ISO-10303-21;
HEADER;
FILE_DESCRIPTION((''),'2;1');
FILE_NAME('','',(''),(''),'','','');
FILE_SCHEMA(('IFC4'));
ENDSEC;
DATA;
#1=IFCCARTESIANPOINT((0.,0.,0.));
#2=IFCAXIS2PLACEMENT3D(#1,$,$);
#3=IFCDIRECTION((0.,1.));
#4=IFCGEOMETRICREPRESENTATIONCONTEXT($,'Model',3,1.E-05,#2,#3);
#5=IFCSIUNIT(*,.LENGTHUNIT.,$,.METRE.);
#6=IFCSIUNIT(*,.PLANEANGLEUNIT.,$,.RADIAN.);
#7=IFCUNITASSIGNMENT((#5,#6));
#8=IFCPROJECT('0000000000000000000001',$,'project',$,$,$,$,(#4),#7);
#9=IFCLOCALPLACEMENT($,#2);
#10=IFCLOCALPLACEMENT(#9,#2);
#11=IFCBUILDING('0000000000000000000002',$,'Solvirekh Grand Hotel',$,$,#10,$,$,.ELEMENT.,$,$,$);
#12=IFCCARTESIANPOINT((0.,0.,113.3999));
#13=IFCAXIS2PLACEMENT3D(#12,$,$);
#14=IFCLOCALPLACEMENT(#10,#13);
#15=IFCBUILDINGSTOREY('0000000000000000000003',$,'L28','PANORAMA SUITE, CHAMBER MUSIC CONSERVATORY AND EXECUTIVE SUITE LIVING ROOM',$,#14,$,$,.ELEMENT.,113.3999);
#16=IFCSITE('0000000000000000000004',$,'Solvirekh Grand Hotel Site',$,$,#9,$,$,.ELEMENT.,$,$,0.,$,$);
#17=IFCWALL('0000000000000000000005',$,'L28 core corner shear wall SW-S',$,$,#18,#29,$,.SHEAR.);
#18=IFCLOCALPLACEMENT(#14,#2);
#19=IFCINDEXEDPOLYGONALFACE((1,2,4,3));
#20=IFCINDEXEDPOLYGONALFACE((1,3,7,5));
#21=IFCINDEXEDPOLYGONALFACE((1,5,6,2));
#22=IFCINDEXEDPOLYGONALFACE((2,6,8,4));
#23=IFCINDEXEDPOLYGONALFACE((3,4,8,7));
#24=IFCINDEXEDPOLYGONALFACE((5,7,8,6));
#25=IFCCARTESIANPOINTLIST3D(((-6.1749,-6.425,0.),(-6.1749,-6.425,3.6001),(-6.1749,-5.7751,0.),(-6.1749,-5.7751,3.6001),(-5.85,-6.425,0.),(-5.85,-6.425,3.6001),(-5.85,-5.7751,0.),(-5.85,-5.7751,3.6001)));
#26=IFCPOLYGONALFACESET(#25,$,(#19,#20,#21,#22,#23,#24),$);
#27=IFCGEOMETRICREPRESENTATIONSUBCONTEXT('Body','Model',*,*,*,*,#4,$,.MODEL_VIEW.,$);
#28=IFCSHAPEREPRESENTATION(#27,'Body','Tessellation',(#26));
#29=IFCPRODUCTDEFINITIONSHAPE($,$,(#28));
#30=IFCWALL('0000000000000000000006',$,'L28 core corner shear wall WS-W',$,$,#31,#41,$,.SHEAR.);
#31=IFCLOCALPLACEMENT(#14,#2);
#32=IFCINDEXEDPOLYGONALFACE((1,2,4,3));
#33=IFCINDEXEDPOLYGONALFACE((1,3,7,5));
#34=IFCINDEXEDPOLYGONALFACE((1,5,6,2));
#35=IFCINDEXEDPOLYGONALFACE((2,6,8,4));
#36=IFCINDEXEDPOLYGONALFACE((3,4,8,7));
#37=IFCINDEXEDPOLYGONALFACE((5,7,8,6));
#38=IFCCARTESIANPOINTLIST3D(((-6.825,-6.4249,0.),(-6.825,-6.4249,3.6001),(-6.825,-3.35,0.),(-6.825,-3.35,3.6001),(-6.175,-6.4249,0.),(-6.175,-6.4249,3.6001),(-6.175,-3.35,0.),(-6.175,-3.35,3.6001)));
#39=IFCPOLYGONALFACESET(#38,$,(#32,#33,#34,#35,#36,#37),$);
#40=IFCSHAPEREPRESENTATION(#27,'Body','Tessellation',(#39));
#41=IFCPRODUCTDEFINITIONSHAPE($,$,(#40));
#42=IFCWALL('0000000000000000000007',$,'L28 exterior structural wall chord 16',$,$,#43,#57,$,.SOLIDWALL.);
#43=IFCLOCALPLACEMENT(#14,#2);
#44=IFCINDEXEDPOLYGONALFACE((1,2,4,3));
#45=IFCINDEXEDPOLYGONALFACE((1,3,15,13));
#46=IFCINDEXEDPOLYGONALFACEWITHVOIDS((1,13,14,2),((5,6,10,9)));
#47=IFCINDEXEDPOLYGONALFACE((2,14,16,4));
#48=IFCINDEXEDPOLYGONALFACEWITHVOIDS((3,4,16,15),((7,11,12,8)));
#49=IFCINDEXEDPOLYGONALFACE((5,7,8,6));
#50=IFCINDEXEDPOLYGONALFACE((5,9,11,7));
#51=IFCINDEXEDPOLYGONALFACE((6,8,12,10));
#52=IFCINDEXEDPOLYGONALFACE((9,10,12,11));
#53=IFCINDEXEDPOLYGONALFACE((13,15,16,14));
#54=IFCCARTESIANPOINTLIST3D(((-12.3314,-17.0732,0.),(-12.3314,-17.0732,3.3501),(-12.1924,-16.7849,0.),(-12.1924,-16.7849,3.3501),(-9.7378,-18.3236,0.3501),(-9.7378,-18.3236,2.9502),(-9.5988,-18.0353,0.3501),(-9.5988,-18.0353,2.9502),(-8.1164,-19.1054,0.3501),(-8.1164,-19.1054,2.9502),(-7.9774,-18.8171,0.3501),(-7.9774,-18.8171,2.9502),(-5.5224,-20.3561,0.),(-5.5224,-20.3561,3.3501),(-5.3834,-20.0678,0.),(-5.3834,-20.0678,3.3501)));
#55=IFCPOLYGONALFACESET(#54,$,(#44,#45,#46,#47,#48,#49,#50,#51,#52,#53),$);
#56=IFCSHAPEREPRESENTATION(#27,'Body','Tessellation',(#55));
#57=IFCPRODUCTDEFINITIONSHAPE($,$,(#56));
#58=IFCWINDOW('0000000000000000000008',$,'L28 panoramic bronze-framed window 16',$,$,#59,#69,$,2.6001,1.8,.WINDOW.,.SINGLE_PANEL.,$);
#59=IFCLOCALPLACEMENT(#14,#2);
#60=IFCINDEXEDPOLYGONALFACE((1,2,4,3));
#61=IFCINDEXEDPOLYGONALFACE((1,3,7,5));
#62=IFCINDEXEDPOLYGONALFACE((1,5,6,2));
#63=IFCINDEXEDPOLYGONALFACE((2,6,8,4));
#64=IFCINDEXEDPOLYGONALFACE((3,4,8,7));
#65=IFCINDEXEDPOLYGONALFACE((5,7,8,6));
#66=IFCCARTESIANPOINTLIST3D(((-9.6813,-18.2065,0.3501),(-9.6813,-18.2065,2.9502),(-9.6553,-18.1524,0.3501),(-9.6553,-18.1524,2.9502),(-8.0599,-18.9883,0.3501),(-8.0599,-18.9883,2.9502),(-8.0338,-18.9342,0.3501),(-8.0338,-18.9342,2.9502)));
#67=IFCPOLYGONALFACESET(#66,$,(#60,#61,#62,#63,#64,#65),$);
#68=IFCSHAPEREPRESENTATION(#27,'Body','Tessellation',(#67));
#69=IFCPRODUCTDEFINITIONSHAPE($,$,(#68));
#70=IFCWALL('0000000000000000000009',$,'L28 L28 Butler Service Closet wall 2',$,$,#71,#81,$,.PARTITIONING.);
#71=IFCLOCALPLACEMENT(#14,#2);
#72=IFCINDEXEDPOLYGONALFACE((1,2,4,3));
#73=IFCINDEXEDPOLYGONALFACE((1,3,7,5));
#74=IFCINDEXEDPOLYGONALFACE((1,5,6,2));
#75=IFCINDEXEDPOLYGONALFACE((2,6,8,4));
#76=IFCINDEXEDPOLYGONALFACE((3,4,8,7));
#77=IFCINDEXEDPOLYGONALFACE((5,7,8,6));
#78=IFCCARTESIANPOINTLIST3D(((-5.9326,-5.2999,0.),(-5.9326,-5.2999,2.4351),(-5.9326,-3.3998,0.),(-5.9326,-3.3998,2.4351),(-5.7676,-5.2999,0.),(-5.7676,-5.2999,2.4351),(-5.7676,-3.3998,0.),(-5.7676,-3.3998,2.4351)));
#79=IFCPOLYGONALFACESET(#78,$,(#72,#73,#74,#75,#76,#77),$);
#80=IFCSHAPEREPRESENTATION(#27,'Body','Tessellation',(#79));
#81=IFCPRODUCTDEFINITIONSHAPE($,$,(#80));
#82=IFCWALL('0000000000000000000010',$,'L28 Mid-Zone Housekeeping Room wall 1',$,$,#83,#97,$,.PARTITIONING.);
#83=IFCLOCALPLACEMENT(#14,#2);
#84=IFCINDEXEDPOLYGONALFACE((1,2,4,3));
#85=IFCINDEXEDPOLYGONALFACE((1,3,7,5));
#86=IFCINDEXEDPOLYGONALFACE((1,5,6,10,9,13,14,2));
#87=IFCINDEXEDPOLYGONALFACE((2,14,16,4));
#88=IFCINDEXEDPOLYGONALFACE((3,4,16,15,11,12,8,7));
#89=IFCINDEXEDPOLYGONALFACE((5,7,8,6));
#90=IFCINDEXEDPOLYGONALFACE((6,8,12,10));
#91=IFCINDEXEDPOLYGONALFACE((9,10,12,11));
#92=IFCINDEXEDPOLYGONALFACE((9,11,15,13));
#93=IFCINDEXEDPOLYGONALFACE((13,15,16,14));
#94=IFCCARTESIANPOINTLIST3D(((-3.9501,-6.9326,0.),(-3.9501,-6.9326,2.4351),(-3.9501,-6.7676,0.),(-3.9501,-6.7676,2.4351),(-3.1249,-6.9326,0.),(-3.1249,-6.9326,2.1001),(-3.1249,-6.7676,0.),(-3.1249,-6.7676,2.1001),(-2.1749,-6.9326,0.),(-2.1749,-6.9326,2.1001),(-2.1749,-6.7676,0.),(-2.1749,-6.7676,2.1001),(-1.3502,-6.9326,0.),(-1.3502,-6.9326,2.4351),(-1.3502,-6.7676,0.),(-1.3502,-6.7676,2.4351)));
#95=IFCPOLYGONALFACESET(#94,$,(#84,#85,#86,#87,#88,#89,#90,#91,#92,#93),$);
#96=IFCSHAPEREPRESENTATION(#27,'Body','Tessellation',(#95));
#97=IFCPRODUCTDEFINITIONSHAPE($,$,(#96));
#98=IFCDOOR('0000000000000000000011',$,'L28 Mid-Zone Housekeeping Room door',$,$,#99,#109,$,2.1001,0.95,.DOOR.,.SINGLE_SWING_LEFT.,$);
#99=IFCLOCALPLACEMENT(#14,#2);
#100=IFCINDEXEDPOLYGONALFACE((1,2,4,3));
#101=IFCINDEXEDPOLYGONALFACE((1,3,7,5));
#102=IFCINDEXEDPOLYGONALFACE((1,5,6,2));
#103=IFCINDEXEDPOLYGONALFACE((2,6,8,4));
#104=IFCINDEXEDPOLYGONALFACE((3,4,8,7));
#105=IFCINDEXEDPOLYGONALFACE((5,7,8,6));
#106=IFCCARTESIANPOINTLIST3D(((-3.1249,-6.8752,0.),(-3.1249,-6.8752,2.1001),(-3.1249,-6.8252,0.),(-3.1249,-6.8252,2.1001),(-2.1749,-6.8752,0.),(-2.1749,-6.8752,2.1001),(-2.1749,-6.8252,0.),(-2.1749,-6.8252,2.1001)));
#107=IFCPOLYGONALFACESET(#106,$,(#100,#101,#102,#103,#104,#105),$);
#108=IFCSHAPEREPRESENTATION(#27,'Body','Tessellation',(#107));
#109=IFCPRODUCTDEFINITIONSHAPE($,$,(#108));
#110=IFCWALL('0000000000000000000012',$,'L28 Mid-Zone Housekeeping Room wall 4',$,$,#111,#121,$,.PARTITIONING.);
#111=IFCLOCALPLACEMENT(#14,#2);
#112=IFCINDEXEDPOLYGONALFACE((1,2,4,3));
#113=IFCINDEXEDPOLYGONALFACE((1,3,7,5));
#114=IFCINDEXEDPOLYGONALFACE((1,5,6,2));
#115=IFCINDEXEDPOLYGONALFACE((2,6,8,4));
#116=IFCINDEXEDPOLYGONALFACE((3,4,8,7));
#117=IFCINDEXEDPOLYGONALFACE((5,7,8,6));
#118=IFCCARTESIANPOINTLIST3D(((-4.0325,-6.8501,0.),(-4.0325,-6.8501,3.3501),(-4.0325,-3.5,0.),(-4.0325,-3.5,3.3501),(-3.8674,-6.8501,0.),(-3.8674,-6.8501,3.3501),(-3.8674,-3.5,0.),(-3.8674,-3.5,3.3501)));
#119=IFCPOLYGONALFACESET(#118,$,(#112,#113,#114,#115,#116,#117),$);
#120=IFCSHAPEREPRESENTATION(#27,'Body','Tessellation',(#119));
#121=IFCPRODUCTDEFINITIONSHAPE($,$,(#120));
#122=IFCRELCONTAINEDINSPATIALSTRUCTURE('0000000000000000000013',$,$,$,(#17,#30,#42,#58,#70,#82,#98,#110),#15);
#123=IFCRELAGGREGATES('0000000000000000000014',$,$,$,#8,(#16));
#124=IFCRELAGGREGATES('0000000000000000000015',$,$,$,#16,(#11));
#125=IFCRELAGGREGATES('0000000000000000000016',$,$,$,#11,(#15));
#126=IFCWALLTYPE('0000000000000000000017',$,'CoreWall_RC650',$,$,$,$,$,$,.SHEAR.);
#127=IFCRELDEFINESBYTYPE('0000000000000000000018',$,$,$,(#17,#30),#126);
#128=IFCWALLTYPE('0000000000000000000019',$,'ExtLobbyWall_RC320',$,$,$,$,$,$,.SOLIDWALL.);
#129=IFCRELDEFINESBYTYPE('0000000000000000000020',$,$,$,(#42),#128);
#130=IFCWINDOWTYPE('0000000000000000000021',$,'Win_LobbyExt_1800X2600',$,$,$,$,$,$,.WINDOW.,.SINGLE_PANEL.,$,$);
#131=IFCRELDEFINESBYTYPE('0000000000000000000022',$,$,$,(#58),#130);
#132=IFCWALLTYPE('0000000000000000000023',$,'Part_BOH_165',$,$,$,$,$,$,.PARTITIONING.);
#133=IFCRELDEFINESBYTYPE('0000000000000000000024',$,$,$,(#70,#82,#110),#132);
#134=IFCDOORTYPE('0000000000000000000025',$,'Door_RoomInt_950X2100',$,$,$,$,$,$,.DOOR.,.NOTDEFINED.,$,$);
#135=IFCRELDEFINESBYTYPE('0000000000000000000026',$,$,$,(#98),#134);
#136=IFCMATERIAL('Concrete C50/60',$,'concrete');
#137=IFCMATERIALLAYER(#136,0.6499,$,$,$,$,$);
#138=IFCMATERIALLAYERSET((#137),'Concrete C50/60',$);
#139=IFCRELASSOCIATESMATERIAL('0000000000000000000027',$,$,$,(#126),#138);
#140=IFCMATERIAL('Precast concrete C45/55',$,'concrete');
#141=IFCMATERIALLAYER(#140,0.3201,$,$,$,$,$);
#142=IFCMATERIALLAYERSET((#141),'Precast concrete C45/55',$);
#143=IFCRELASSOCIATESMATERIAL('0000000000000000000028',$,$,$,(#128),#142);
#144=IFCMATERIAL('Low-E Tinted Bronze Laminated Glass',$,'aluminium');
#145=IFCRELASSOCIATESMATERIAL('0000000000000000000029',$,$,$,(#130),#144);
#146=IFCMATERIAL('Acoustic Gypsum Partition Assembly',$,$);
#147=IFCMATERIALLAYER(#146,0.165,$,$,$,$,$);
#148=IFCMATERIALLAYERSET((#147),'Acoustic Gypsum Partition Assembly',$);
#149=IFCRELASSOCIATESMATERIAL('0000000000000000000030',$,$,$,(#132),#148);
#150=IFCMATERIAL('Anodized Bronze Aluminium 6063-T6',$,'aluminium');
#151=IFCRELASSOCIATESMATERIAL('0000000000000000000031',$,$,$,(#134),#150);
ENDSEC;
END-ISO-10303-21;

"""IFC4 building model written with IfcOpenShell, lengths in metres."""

from ifc_helpers import new_model, si_unit, direction, frame, frame_2d, origin, place, context, subcontext, project, spatial, rectangle, extrude, material, layer, layer_set, type_object, element, fill, save


model = new_model("IFC4")

# Units and contexts
model_context = context("Model", 3, precision=1e-05, world=origin(), true_north=direction((0.0, 1.0)))
body_context = subcontext(model_context, "Body", "Model", "MODEL_VIEW")
ifc_project = project(units=[si_unit("LENGTHUNIT", "METRE"), si_unit("PLANEANGLEUNIT", "RADIAN")], contexts=[model_context])

# Site, building, storey
site_placement = place(None, origin())
site = spatial("IfcSite", under=ifc_project, at=site_placement, Name="Solvirekh Grand Hotel Site", CompositionType="ELEMENT", RefElevation=0.0)
building_placement = place(site_placement, origin())
building = spatial("IfcBuilding", under=site, at=building_placement, Name="Solvirekh Grand Hotel", CompositionType="ELEMENT")
storey_placement = place(building_placement, frame((0.0, 0.0, 113.3999)))
storey = spatial("IfcBuildingStorey", under=building, at=storey_placement, Name="L28", Description="PANORAMA SUITE, CHAMBER MUSIC CONSERVATORY AND EXECUTIVE SUITE LIVING ROOM", CompositionType="ELEMENT", Elevation=113.3999)

# Shared definitions
ifc_material_1 = material(Name="Concrete C50/60", Category="concrete")

# Walls
ifc_layer_1 = layer(ifc_material_1, 0.6499)
ifc_layer_set_1 = layer_set([ifc_layer_1], Name="Concrete C50/60")
wall_type_1 = type_object("IfcWallType", Name="CoreWall_RC650", PredefinedType="SHEAR", material=ifc_layer_set_1)
wall_1_placement = place(storey_placement, frame((-6.175, -6.1001, 0.0), z_axis=(0.0, 0.0, 1.0), x_axis=(1.0, 0.0, 0.0)))
element("IfcWall", 1, at=wall_1_placement, inside=storey, type_object=wall_type_1, Name="L28 core corner shear wall SW-S", PredefinedType="SHEAR", context=body_context, shape_type="SweptSolid", body=[
    extrude(rectangle(XDim=0.325, YDim=0.6499, at=frame_2d((0.1626, 0.0))), origin(), (0.0, 0.0, 1.0), 3.6001),
])
wall_2_placement = place(storey_placement, frame((-6.5, -6.425, 0.0), z_axis=(0.0, 0.0, 1.0), x_axis=(0.0, 1.0, 0.0)))
element("IfcWall", 2, at=wall_2_placement, inside=storey, type_object=wall_type_1, Name="L28 core corner shear wall WS-W", PredefinedType="SHEAR", context=body_context, shape_type="SweptSolid", body=[
    extrude(rectangle(XDim=3.075, YDim=0.6499, at=frame_2d((1.5376, 0.0))), origin(), (0.0, 0.0, 1.0), 3.6001),
])

# Wall, opening, window
ifc_material_2 = material(Name="Precast concrete C45/55", Category="concrete")
ifc_layer_2 = layer(ifc_material_2, 0.3201)
ifc_layer_set_2 = layer_set([ifc_layer_2], Name="Precast concrete C45/55")
wall_type_2 = type_object("IfcWallType", Name="ExtLobbyWall_RC320", PredefinedType="SOLIDWALL", material=ifc_layer_set_2)
wall_3_placement = place(storey_placement, frame((-5.4529, -20.2119, 0.0), z_axis=(0.0, 0.0, 1.0), x_axis=(-0.900768, 0.4343, 0.0)))
wall_3 = element("IfcWall", 3, at=wall_3_placement, inside=storey, type_object=wall_type_2, Name="L28 exterior structural wall chord 16", PredefinedType="SOLIDWALL", context=body_context, shape_type="SweptSolid", body=[
    extrude(rectangle(XDim=7.5591, YDim=0.3201, at=frame_2d((3.7795, 0.0))), origin(), (0.0, 0.0, 1.0), 3.3501),
])
opening_1_placement = place(wall_3_placement, frame((2.8799, 0.0, 0.3501)))
opening_1 = element("IfcOpeningElement", 4, at=opening_1_placement, cuts=wall_3, PredefinedType="OPENING", context=body_context, shape_type="SweptSolid", body=[
    extrude(rectangle(XDim=1.8, YDim=2.6001, at=frame_2d((0.8999, 1.3))), frame((0.0, 0.1699, 0.0), z_axis=(0.0, -1.0, 0.0), x_axis=(1.0, 0.0, 0.0)), (0.0, 0.0, 1.0), 0.3401),
])
ifc_material_3 = material(Name="Low-E Tinted Bronze Laminated Glass", Category="aluminium")
window_type = type_object("IfcWindowType", Name="Win_LobbyExt_1800X2600", PartitioningType="SINGLE_PANEL", PredefinedType="WINDOW", material=ifc_material_3)
window_placement = place(opening_1_placement, origin())
window = element("IfcWindow", 5, at=window_placement, inside=storey, type_object=window_type, Name="L28 panoramic bronze-framed window 16", OverallHeight=2.6001, OverallWidth=1.8, PartitioningType="SINGLE_PANEL", PredefinedType="WINDOW", context=body_context, shape_type="SweptSolid", body=[
    extrude(rectangle(XDim=1.8, YDim=2.6001, at=frame_2d((0.8999, 1.3))), frame((0.0, 0.03, 0.0), z_axis=(0.0, -1.0, 0.0), x_axis=(1.0, 0.0, 0.0)), (0.0, 0.0, 1.0), 0.0601),
])
fill(opening_1, window)

# Wall
ifc_material_4 = material(Name="Acoustic Gypsum Partition Assembly")
ifc_layer_3 = layer(ifc_material_4, 0.165)
ifc_layer_set_3 = layer_set([ifc_layer_3], Name="Acoustic Gypsum Partition Assembly")
wall_type_3 = type_object("IfcWallType", Name="Part_BOH_165", PredefinedType="PARTITIONING", material=ifc_layer_set_3)
wall_4_placement = place(storey_placement, frame((-5.8501, -5.3, 0.0), z_axis=(0.0, 0.0, 1.0), x_axis=(0.0, 1.0, 0.0)))
element("IfcWall", 6, at=wall_4_placement, inside=storey, type_object=wall_type_3, Name="L28 L28 Butler Service Closet wall 2", PredefinedType="PARTITIONING", context=body_context, shape_type="SweptSolid", body=[
    extrude(rectangle(XDim=1.9001, YDim=0.165, at=frame_2d((0.9502, 0.0))), origin(), (0.0, 0.0, 1.0), 2.4351),
])

# Wall, opening, door
wall_5_placement = place(storey_placement, frame((-3.95, -6.8501, 0.0), z_axis=(0.0, 0.0, 1.0), x_axis=(1.0, 0.0, 0.0)))
wall_5 = element("IfcWall", 7, at=wall_5_placement, inside=storey, type_object=wall_type_3, Name="L28 Mid-Zone Housekeeping Room wall 1", PredefinedType="PARTITIONING", context=body_context, shape_type="SweptSolid", body=[
    extrude(rectangle(XDim=2.5999, YDim=0.165, at=frame_2d((1.2998, 0.0))), origin(), (0.0, 0.0, 1.0), 2.4351),
])
opening_2_placement = place(wall_5_placement, frame((0.825, 0.0, 0.0)))
opening_2 = element("IfcOpeningElement", 8, at=opening_2_placement, cuts=wall_5, PredefinedType="OPENING", context=body_context, shape_type="SweptSolid", body=[
    extrude(rectangle(XDim=0.95, YDim=2.1001, at=frame_2d((0.4751, 1.05))), frame((0.0, 0.0925, 0.0), z_axis=(0.0, -1.0, 0.0), x_axis=(1.0, 0.0, 0.0)), (0.0, 0.0, 1.0), 0.1851),
])
ifc_material_5 = material(Name="Anodized Bronze Aluminium 6063-T6", Category="aluminium")
door_type_1 = type_object("IfcDoorType", Name="Door_RoomInt_950X2100", OperationType="NOTDEFINED", PredefinedType="DOOR", material=ifc_material_5)
door_1_placement = place(opening_2_placement, origin())
door_1 = element("IfcDoor", 9, at=door_1_placement, inside=storey, type_object=door_type_1, Name="L28 Mid-Zone Housekeeping Room door", OperationType="SINGLE_SWING_LEFT", OverallHeight=2.1001, OverallWidth=0.95, PredefinedType="DOOR", context=body_context, shape_type="SweptSolid", body=[
    extrude(rectangle(XDim=0.95, YDim=2.1001, at=frame_2d((0.4751, 1.05))), frame((0.0, 0.0249, 0.0), z_axis=(0.0, -1.0, 0.0), x_axis=(1.0, 0.0, 0.0)), (0.0, 0.0, 1.0), 0.05),
])
fill(opening_2, door_1)

# Wall
wall_6_placement = place(storey_placement, frame((-3.95, -3.5, 0.0), z_axis=(0.0, 0.0, 1.0), x_axis=(0.0, -1.0, 0.0)))
element("IfcWall", 10, at=wall_6_placement, inside=storey, type_object=wall_type_3, Name="L28 Mid-Zone Housekeeping Room wall 4", PredefinedType="PARTITIONING", context=body_context, shape_type="SweptSolid", body=[
    extrude(rectangle(XDim=3.3501, YDim=0.165, at=frame_2d((1.675, 0.0))), origin(), (0.0, 0.0, 1.0), 3.3501),
])

save(model, "model.ifc")
